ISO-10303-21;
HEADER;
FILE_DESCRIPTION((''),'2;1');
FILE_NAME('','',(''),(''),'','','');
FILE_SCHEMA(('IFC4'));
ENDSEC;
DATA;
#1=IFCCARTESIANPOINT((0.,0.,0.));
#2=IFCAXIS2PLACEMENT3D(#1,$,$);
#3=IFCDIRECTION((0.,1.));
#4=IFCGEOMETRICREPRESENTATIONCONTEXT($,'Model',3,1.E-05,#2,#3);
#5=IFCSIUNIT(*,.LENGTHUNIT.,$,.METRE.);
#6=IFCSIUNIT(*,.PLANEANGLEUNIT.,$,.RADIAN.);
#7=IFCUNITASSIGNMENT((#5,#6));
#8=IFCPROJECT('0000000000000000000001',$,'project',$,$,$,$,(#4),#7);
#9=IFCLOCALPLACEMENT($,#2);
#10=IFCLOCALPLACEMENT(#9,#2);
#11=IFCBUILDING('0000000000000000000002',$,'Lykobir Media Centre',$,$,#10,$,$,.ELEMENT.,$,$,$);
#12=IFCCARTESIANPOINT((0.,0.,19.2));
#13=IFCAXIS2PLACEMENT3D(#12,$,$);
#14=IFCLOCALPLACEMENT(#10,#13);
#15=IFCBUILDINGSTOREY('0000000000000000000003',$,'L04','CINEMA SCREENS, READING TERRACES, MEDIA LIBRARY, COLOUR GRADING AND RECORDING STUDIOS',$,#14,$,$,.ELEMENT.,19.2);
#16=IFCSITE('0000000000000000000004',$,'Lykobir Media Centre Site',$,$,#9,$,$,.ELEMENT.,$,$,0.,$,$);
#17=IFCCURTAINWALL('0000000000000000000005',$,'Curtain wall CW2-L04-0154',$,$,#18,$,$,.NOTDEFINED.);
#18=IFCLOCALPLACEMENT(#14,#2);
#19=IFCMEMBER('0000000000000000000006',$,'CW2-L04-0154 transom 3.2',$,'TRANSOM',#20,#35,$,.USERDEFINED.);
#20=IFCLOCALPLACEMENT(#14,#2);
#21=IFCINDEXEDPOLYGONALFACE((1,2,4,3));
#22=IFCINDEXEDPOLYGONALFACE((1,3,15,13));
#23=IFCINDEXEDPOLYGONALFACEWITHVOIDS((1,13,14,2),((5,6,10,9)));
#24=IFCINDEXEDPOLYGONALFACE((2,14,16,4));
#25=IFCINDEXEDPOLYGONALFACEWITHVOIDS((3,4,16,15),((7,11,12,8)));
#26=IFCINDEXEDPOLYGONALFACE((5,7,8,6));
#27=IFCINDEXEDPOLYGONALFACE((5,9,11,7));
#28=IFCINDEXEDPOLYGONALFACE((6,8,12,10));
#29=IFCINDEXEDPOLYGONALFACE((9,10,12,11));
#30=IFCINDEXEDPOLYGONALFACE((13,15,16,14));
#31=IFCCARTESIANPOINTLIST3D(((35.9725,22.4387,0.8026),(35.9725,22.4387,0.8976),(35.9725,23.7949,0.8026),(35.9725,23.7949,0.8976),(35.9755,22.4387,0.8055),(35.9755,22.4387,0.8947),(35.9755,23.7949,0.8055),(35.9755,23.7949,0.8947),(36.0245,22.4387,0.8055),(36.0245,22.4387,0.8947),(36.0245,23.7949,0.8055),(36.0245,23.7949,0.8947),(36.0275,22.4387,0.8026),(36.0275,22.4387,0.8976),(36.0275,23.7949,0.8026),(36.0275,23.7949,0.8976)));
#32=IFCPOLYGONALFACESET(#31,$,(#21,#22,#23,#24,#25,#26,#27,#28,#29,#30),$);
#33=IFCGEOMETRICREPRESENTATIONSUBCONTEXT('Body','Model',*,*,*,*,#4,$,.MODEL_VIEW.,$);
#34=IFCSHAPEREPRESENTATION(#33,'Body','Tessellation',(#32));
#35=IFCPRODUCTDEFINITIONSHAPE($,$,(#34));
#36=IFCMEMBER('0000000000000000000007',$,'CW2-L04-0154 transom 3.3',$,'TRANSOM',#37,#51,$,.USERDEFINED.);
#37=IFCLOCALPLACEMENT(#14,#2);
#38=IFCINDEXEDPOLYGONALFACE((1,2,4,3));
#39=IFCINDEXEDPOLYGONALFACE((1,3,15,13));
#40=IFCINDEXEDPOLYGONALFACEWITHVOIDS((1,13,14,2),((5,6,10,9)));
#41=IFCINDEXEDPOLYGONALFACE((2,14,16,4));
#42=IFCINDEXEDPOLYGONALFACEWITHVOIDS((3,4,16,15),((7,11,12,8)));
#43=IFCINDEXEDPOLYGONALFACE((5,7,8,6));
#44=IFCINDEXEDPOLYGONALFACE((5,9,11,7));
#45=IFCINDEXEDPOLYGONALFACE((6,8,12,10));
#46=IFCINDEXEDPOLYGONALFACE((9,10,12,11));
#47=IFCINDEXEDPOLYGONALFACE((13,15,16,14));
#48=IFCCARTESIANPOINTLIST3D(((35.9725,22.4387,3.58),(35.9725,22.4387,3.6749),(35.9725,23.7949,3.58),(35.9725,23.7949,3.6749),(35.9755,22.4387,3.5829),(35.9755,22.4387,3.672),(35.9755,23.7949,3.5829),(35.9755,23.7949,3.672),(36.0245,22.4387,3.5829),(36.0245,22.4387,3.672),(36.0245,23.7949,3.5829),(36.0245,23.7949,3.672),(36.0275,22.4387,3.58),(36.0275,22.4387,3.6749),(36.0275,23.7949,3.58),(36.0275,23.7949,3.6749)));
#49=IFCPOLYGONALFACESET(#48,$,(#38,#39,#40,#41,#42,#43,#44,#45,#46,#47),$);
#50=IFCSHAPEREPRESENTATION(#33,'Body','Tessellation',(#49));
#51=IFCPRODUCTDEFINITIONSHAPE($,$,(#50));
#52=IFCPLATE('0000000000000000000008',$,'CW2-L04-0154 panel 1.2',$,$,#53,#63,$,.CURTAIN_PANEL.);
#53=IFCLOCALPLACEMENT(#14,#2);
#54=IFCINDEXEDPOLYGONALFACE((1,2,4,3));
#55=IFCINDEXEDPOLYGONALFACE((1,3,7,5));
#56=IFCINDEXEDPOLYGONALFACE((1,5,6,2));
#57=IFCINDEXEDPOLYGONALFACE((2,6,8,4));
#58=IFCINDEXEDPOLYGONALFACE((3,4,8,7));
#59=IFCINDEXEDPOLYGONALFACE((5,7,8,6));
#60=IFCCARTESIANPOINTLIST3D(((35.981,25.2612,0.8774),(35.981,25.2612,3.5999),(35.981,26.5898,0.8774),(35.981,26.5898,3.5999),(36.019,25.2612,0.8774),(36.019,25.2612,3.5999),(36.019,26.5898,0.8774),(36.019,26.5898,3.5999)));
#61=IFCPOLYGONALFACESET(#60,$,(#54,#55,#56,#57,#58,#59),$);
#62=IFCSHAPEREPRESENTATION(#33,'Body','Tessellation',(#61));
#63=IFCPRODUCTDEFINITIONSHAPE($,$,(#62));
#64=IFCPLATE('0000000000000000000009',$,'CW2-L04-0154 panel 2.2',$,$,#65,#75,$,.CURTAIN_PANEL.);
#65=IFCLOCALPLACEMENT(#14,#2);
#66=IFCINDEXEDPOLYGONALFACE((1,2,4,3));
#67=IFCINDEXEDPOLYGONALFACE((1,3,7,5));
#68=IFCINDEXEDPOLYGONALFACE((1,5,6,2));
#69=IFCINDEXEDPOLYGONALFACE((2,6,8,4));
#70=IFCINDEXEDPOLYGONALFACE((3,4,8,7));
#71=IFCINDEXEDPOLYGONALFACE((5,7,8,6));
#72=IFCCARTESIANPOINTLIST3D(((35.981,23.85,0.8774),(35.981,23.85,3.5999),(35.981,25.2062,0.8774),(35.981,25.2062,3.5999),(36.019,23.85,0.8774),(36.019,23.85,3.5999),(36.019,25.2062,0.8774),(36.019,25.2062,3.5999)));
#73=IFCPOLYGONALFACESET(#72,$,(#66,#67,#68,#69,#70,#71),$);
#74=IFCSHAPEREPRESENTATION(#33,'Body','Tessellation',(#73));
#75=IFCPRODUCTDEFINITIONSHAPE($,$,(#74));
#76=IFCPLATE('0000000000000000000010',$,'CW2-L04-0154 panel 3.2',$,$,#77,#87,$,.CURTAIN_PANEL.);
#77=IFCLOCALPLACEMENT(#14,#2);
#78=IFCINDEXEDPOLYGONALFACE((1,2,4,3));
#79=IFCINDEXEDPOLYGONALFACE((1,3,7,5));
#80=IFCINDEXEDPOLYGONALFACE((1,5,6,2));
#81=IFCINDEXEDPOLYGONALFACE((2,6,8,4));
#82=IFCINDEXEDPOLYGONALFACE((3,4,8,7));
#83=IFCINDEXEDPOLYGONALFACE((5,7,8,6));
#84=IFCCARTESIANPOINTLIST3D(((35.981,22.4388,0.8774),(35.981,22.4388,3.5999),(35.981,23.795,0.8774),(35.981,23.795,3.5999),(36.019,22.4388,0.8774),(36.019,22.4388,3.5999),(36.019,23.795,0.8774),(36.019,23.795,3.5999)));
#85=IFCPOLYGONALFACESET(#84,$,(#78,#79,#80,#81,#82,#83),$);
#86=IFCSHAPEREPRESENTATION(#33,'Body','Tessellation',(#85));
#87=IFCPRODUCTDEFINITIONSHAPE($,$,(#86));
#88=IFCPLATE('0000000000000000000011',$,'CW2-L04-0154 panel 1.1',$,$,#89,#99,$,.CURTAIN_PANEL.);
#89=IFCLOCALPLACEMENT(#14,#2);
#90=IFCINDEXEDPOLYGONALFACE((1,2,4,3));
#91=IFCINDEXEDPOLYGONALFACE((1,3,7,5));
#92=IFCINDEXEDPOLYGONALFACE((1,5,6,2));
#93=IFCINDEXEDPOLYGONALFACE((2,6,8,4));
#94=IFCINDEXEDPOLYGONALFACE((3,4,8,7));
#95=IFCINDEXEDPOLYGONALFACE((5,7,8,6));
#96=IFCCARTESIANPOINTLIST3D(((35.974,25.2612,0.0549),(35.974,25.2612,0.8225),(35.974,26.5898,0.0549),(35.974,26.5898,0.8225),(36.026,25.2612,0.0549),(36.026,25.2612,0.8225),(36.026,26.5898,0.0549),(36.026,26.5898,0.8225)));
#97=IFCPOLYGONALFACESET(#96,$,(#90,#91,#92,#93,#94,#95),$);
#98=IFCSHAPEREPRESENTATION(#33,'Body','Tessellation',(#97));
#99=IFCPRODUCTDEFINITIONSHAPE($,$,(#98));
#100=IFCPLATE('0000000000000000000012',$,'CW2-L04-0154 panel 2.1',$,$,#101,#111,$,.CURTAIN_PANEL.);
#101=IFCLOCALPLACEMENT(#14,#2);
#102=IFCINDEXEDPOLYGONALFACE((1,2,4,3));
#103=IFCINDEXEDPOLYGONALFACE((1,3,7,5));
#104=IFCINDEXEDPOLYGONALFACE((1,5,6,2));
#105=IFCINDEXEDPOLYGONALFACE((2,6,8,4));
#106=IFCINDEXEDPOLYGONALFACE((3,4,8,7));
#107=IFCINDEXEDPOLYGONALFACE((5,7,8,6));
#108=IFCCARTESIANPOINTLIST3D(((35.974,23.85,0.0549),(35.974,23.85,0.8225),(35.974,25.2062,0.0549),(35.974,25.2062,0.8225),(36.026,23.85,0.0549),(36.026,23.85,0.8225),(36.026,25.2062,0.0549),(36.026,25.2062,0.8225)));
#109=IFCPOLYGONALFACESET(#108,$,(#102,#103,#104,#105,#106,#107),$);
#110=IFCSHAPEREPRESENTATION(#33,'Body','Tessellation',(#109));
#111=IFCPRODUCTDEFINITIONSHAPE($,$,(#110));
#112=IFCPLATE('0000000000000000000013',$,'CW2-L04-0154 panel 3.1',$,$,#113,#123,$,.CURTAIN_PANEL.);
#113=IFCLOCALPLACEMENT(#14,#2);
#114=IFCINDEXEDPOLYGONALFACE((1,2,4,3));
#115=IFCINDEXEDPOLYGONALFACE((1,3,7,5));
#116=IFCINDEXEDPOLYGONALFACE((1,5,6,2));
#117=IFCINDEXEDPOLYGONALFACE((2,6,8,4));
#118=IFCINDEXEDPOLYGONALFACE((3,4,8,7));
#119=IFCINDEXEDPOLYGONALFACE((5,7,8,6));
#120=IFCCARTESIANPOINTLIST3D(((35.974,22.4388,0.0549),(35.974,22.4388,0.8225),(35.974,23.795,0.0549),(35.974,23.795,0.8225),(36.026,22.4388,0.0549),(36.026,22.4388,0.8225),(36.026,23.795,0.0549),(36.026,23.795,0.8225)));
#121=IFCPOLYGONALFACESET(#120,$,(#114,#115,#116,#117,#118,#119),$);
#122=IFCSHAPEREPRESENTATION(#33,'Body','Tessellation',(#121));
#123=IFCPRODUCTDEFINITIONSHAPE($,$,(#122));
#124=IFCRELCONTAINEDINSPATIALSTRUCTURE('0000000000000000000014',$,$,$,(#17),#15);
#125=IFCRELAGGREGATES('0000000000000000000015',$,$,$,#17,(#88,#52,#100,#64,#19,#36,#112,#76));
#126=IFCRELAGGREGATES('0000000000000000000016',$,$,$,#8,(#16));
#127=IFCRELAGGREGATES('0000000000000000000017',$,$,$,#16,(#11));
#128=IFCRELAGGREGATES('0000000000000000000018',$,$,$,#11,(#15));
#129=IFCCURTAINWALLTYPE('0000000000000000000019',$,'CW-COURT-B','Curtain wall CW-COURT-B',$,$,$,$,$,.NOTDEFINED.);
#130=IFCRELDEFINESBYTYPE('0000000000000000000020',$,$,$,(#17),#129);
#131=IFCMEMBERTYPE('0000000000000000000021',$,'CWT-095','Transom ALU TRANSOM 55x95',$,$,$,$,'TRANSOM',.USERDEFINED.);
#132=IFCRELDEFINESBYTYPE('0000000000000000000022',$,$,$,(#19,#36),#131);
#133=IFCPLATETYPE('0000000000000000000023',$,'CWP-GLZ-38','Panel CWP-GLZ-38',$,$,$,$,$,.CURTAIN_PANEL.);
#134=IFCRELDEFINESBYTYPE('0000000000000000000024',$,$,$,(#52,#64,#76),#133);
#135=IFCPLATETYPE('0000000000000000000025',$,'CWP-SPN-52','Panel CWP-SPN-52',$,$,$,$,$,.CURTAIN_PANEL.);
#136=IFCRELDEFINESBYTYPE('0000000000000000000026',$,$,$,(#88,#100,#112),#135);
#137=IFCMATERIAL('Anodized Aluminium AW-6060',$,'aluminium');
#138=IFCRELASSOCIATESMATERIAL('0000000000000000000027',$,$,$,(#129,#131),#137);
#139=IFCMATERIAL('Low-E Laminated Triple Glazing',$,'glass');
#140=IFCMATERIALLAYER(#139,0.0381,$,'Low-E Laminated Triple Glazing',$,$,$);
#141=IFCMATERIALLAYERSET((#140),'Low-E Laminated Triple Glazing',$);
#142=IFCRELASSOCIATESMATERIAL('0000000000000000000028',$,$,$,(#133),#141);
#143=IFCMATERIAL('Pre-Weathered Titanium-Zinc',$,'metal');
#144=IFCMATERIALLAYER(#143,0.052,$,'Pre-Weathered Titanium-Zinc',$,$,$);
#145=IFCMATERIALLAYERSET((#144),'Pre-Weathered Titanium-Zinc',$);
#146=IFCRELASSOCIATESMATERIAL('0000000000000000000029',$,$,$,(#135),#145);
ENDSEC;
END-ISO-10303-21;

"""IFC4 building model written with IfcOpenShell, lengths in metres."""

from ifc_helpers import new_model, si_unit, direction, frame, origin, origin_2d, place, context, subcontext, project, spatial, rectangle, hollow_rectangle, extrude, material, layer, layer_set, material_profile, profile_set, type_object, element, aggregate, save


model = new_model("IFC4")

# Units and contexts
model_context = context("Model", 3, precision=1e-05, world=origin(), true_north=direction((0.0, 1.0)))
body_context = subcontext(model_context, "Body", "Model", "MODEL_VIEW")
ifc_project = project(units=[si_unit("LENGTHUNIT", "METRE"), si_unit("PLANEANGLEUNIT", "RADIAN")], contexts=[model_context])

# Site, building, storey
site_placement = place(None, origin())
site = spatial("IfcSite", under=ifc_project, at=site_placement, Name="Lykobir Media Centre Site", CompositionType="ELEMENT", RefElevation=0.0)
building_placement = place(site_placement, origin())
building = spatial("IfcBuilding", under=site, at=building_placement, Name="Lykobir Media Centre", CompositionType="ELEMENT")
storey_placement = place(building_placement, frame((0.0, 0.0, 19.2)))
storey = spatial("IfcBuildingStorey", under=building, at=storey_placement, Name="L04", Description="CINEMA SCREENS, READING TERRACES, MEDIA LIBRARY, COLOUR GRADING AND RECORDING STUDIOS", CompositionType="ELEMENT", Elevation=19.2)

# Curtain wall, members, plates
ifc_material_1 = material(Name="Anodized Aluminium AW-6060", Category="aluminium")
curtain_wall_type = type_object("IfcCurtainWallType", Name="CW-COURT-B", Description="Curtain wall CW-COURT-B", PredefinedType="NOTDEFINED", material=ifc_material_1)
curtain_wall_placement = place(storey_placement, origin())
curtain_wall = element("IfcCurtainWall", 1, at=curtain_wall_placement, inside=storey, type_object=curtain_wall_type, Name="Curtain wall CW2-L04-0154", PredefinedType="NOTDEFINED")
ifc_material_profile_1 = material_profile(ifc_material_1, hollow_rectangle(XDim=0.0549, YDim=0.095, WallThickness=0.0029, at=origin_2d()), Name="ALU TRANSOM 55x95")
ifc_profile_set_1 = profile_set([ifc_material_profile_1], Name="Anodized Aluminium AW-6060")
member_type_1 = type_object("IfcMemberType", Name="CWT-095", Description="Transom ALU TRANSOM 55x95", ElementType="TRANSOM", PredefinedType="USERDEFINED", material=ifc_profile_set_1)
member_1_placement = place(storey_placement, frame((36.0, 23.7949, 0.8501), z_axis=(0.0, -1.0, 0.0), x_axis=(1.0, 0.0, 0.0)))
member_1 = element("IfcMember", 2, at=member_1_placement, type_object=member_type_1, Name="CW2-L04-0154 transom 3.2", ObjectType="TRANSOM", PredefinedType="USERDEFINED", context=body_context, shape_type="SweptSolid", body=[
    extrude(hollow_rectangle(XDim=0.0549, YDim=0.095, WallThickness=0.0029, at=origin_2d()), origin(), (0.0, 0.0, 1.0), 1.3562),
])
member_2_placement = place(storey_placement, frame((36.0, 23.7949, 3.6274), z_axis=(0.0, -1.0, 0.0), x_axis=(1.0, 0.0, 0.0)))
member_2 = element("IfcMember", 3, at=member_2_placement, type_object=member_type_1, Name="CW2-L04-0154 transom 3.3", ObjectType="TRANSOM", PredefinedType="USERDEFINED", context=body_context, shape_type="SweptSolid", body=[
    extrude(hollow_rectangle(XDim=0.0549, YDim=0.095, WallThickness=0.0029, at=origin_2d()), origin(), (0.0, 0.0, 1.0), 1.3562),
])
ifc_material_2 = material(Name="Low-E Laminated Triple Glazing", Category="glass")
ifc_layer_1 = layer(ifc_material_2, 0.0381, Name="Low-E Laminated Triple Glazing")
ifc_layer_set_1 = layer_set([ifc_layer_1], Name="Low-E Laminated Triple Glazing")
plate_type_1 = type_object("IfcPlateType", Name="CWP-GLZ-38", Description="Panel CWP-GLZ-38", PredefinedType="CURTAIN_PANEL", material=ifc_layer_set_1)
plate_1_placement = place(storey_placement, frame((36.0, 25.9255, 0.8774), z_axis=(0.0, 0.0, 1.0), x_axis=(0.0, -1.0, 0.0)))
plate_1 = element("IfcPlate", 4, at=plate_1_placement, type_object=plate_type_1, Name="CW2-L04-0154 panel 1.2", PredefinedType="CURTAIN_PANEL", context=body_context, shape_type="SweptSolid", body=[
    extrude(rectangle(XDim=1.3286, YDim=0.0381, at=origin_2d()), origin(), (0.0, 0.0, 1.0), 2.7224),
])
plate_2_placement = place(storey_placement, frame((36.0, 24.5281, 0.8774), z_axis=(0.0, 0.0, 1.0), x_axis=(0.0, -1.0, 0.0)))
plate_2 = element("IfcPlate", 5, at=plate_2_placement, type_object=plate_type_1, Name="CW2-L04-0154 panel 2.2", PredefinedType="CURTAIN_PANEL", context=body_context, shape_type="SweptSolid", body=[
    extrude(rectangle(XDim=1.3562, YDim=0.0381, at=origin_2d()), origin(), (0.0, 0.0, 1.0), 2.7224),
])
plate_3_placement = place(storey_placement, frame((36.0, 23.1169, 0.8774), z_axis=(0.0, 0.0, 1.0), x_axis=(0.0, -1.0, 0.0)))
plate_3 = element("IfcPlate", 6, at=plate_3_placement, type_object=plate_type_1, Name="CW2-L04-0154 panel 3.2", PredefinedType="CURTAIN_PANEL", context=body_context, shape_type="SweptSolid", body=[
    extrude(rectangle(XDim=1.3562, YDim=0.0381, at=origin_2d()), origin(), (0.0, 0.0, 1.0), 2.7224),
])
ifc_material_3 = material(Name="Pre-Weathered Titanium-Zinc", Category="metal")
ifc_layer_2 = layer(ifc_material_3, 0.052, Name="Pre-Weathered Titanium-Zinc")
ifc_layer_set_2 = layer_set([ifc_layer_2], Name="Pre-Weathered Titanium-Zinc")
plate_type_2 = type_object("IfcPlateType", Name="CWP-SPN-52", Description="Panel CWP-SPN-52", PredefinedType="CURTAIN_PANEL", material=ifc_layer_set_2)
plate_4_placement = place(storey_placement, frame((36.0, 25.9255, 0.0549), z_axis=(0.0, 0.0, 1.0), x_axis=(0.0, -1.0, 0.0)))
plate_4 = element("IfcPlate", 7, at=plate_4_placement, type_object=plate_type_2, Name="CW2-L04-0154 panel 1.1", PredefinedType="CURTAIN_PANEL", context=body_context, shape_type="SweptSolid", body=[
    extrude(rectangle(XDim=1.3286, YDim=0.052, at=origin_2d()), origin(), (0.0, 0.0, 1.0), 0.7676),
])
plate_5_placement = place(storey_placement, frame((36.0, 24.5281, 0.0549), z_axis=(0.0, 0.0, 1.0), x_axis=(0.0, -1.0, 0.0)))
plate_5 = element("IfcPlate", 8, at=plate_5_placement, type_object=plate_type_2, Name="CW2-L04-0154 panel 2.1", PredefinedType="CURTAIN_PANEL", context=body_context, shape_type="SweptSolid", body=[
    extrude(rectangle(XDim=1.3562, YDim=0.052, at=origin_2d()), origin(), (0.0, 0.0, 1.0), 0.7676),
])
plate_6_placement = place(storey_placement, frame((36.0, 23.1169, 0.0549), z_axis=(0.0, 0.0, 1.0), x_axis=(0.0, -1.0, 0.0)))
plate_6 = element("IfcPlate", 9, at=plate_6_placement, type_object=plate_type_2, Name="CW2-L04-0154 panel 3.1", PredefinedType="CURTAIN_PANEL", context=body_context, shape_type="SweptSolid", body=[
    extrude(rectangle(XDim=1.3562, YDim=0.052, at=origin_2d()), origin(), (0.0, 0.0, 1.0), 0.7676),
])
aggregate(curtain_wall, [plate_4, plate_1, plate_5, plate_2, member_1, member_2, plate_6, plate_3])

save(model, "model.ifc")
